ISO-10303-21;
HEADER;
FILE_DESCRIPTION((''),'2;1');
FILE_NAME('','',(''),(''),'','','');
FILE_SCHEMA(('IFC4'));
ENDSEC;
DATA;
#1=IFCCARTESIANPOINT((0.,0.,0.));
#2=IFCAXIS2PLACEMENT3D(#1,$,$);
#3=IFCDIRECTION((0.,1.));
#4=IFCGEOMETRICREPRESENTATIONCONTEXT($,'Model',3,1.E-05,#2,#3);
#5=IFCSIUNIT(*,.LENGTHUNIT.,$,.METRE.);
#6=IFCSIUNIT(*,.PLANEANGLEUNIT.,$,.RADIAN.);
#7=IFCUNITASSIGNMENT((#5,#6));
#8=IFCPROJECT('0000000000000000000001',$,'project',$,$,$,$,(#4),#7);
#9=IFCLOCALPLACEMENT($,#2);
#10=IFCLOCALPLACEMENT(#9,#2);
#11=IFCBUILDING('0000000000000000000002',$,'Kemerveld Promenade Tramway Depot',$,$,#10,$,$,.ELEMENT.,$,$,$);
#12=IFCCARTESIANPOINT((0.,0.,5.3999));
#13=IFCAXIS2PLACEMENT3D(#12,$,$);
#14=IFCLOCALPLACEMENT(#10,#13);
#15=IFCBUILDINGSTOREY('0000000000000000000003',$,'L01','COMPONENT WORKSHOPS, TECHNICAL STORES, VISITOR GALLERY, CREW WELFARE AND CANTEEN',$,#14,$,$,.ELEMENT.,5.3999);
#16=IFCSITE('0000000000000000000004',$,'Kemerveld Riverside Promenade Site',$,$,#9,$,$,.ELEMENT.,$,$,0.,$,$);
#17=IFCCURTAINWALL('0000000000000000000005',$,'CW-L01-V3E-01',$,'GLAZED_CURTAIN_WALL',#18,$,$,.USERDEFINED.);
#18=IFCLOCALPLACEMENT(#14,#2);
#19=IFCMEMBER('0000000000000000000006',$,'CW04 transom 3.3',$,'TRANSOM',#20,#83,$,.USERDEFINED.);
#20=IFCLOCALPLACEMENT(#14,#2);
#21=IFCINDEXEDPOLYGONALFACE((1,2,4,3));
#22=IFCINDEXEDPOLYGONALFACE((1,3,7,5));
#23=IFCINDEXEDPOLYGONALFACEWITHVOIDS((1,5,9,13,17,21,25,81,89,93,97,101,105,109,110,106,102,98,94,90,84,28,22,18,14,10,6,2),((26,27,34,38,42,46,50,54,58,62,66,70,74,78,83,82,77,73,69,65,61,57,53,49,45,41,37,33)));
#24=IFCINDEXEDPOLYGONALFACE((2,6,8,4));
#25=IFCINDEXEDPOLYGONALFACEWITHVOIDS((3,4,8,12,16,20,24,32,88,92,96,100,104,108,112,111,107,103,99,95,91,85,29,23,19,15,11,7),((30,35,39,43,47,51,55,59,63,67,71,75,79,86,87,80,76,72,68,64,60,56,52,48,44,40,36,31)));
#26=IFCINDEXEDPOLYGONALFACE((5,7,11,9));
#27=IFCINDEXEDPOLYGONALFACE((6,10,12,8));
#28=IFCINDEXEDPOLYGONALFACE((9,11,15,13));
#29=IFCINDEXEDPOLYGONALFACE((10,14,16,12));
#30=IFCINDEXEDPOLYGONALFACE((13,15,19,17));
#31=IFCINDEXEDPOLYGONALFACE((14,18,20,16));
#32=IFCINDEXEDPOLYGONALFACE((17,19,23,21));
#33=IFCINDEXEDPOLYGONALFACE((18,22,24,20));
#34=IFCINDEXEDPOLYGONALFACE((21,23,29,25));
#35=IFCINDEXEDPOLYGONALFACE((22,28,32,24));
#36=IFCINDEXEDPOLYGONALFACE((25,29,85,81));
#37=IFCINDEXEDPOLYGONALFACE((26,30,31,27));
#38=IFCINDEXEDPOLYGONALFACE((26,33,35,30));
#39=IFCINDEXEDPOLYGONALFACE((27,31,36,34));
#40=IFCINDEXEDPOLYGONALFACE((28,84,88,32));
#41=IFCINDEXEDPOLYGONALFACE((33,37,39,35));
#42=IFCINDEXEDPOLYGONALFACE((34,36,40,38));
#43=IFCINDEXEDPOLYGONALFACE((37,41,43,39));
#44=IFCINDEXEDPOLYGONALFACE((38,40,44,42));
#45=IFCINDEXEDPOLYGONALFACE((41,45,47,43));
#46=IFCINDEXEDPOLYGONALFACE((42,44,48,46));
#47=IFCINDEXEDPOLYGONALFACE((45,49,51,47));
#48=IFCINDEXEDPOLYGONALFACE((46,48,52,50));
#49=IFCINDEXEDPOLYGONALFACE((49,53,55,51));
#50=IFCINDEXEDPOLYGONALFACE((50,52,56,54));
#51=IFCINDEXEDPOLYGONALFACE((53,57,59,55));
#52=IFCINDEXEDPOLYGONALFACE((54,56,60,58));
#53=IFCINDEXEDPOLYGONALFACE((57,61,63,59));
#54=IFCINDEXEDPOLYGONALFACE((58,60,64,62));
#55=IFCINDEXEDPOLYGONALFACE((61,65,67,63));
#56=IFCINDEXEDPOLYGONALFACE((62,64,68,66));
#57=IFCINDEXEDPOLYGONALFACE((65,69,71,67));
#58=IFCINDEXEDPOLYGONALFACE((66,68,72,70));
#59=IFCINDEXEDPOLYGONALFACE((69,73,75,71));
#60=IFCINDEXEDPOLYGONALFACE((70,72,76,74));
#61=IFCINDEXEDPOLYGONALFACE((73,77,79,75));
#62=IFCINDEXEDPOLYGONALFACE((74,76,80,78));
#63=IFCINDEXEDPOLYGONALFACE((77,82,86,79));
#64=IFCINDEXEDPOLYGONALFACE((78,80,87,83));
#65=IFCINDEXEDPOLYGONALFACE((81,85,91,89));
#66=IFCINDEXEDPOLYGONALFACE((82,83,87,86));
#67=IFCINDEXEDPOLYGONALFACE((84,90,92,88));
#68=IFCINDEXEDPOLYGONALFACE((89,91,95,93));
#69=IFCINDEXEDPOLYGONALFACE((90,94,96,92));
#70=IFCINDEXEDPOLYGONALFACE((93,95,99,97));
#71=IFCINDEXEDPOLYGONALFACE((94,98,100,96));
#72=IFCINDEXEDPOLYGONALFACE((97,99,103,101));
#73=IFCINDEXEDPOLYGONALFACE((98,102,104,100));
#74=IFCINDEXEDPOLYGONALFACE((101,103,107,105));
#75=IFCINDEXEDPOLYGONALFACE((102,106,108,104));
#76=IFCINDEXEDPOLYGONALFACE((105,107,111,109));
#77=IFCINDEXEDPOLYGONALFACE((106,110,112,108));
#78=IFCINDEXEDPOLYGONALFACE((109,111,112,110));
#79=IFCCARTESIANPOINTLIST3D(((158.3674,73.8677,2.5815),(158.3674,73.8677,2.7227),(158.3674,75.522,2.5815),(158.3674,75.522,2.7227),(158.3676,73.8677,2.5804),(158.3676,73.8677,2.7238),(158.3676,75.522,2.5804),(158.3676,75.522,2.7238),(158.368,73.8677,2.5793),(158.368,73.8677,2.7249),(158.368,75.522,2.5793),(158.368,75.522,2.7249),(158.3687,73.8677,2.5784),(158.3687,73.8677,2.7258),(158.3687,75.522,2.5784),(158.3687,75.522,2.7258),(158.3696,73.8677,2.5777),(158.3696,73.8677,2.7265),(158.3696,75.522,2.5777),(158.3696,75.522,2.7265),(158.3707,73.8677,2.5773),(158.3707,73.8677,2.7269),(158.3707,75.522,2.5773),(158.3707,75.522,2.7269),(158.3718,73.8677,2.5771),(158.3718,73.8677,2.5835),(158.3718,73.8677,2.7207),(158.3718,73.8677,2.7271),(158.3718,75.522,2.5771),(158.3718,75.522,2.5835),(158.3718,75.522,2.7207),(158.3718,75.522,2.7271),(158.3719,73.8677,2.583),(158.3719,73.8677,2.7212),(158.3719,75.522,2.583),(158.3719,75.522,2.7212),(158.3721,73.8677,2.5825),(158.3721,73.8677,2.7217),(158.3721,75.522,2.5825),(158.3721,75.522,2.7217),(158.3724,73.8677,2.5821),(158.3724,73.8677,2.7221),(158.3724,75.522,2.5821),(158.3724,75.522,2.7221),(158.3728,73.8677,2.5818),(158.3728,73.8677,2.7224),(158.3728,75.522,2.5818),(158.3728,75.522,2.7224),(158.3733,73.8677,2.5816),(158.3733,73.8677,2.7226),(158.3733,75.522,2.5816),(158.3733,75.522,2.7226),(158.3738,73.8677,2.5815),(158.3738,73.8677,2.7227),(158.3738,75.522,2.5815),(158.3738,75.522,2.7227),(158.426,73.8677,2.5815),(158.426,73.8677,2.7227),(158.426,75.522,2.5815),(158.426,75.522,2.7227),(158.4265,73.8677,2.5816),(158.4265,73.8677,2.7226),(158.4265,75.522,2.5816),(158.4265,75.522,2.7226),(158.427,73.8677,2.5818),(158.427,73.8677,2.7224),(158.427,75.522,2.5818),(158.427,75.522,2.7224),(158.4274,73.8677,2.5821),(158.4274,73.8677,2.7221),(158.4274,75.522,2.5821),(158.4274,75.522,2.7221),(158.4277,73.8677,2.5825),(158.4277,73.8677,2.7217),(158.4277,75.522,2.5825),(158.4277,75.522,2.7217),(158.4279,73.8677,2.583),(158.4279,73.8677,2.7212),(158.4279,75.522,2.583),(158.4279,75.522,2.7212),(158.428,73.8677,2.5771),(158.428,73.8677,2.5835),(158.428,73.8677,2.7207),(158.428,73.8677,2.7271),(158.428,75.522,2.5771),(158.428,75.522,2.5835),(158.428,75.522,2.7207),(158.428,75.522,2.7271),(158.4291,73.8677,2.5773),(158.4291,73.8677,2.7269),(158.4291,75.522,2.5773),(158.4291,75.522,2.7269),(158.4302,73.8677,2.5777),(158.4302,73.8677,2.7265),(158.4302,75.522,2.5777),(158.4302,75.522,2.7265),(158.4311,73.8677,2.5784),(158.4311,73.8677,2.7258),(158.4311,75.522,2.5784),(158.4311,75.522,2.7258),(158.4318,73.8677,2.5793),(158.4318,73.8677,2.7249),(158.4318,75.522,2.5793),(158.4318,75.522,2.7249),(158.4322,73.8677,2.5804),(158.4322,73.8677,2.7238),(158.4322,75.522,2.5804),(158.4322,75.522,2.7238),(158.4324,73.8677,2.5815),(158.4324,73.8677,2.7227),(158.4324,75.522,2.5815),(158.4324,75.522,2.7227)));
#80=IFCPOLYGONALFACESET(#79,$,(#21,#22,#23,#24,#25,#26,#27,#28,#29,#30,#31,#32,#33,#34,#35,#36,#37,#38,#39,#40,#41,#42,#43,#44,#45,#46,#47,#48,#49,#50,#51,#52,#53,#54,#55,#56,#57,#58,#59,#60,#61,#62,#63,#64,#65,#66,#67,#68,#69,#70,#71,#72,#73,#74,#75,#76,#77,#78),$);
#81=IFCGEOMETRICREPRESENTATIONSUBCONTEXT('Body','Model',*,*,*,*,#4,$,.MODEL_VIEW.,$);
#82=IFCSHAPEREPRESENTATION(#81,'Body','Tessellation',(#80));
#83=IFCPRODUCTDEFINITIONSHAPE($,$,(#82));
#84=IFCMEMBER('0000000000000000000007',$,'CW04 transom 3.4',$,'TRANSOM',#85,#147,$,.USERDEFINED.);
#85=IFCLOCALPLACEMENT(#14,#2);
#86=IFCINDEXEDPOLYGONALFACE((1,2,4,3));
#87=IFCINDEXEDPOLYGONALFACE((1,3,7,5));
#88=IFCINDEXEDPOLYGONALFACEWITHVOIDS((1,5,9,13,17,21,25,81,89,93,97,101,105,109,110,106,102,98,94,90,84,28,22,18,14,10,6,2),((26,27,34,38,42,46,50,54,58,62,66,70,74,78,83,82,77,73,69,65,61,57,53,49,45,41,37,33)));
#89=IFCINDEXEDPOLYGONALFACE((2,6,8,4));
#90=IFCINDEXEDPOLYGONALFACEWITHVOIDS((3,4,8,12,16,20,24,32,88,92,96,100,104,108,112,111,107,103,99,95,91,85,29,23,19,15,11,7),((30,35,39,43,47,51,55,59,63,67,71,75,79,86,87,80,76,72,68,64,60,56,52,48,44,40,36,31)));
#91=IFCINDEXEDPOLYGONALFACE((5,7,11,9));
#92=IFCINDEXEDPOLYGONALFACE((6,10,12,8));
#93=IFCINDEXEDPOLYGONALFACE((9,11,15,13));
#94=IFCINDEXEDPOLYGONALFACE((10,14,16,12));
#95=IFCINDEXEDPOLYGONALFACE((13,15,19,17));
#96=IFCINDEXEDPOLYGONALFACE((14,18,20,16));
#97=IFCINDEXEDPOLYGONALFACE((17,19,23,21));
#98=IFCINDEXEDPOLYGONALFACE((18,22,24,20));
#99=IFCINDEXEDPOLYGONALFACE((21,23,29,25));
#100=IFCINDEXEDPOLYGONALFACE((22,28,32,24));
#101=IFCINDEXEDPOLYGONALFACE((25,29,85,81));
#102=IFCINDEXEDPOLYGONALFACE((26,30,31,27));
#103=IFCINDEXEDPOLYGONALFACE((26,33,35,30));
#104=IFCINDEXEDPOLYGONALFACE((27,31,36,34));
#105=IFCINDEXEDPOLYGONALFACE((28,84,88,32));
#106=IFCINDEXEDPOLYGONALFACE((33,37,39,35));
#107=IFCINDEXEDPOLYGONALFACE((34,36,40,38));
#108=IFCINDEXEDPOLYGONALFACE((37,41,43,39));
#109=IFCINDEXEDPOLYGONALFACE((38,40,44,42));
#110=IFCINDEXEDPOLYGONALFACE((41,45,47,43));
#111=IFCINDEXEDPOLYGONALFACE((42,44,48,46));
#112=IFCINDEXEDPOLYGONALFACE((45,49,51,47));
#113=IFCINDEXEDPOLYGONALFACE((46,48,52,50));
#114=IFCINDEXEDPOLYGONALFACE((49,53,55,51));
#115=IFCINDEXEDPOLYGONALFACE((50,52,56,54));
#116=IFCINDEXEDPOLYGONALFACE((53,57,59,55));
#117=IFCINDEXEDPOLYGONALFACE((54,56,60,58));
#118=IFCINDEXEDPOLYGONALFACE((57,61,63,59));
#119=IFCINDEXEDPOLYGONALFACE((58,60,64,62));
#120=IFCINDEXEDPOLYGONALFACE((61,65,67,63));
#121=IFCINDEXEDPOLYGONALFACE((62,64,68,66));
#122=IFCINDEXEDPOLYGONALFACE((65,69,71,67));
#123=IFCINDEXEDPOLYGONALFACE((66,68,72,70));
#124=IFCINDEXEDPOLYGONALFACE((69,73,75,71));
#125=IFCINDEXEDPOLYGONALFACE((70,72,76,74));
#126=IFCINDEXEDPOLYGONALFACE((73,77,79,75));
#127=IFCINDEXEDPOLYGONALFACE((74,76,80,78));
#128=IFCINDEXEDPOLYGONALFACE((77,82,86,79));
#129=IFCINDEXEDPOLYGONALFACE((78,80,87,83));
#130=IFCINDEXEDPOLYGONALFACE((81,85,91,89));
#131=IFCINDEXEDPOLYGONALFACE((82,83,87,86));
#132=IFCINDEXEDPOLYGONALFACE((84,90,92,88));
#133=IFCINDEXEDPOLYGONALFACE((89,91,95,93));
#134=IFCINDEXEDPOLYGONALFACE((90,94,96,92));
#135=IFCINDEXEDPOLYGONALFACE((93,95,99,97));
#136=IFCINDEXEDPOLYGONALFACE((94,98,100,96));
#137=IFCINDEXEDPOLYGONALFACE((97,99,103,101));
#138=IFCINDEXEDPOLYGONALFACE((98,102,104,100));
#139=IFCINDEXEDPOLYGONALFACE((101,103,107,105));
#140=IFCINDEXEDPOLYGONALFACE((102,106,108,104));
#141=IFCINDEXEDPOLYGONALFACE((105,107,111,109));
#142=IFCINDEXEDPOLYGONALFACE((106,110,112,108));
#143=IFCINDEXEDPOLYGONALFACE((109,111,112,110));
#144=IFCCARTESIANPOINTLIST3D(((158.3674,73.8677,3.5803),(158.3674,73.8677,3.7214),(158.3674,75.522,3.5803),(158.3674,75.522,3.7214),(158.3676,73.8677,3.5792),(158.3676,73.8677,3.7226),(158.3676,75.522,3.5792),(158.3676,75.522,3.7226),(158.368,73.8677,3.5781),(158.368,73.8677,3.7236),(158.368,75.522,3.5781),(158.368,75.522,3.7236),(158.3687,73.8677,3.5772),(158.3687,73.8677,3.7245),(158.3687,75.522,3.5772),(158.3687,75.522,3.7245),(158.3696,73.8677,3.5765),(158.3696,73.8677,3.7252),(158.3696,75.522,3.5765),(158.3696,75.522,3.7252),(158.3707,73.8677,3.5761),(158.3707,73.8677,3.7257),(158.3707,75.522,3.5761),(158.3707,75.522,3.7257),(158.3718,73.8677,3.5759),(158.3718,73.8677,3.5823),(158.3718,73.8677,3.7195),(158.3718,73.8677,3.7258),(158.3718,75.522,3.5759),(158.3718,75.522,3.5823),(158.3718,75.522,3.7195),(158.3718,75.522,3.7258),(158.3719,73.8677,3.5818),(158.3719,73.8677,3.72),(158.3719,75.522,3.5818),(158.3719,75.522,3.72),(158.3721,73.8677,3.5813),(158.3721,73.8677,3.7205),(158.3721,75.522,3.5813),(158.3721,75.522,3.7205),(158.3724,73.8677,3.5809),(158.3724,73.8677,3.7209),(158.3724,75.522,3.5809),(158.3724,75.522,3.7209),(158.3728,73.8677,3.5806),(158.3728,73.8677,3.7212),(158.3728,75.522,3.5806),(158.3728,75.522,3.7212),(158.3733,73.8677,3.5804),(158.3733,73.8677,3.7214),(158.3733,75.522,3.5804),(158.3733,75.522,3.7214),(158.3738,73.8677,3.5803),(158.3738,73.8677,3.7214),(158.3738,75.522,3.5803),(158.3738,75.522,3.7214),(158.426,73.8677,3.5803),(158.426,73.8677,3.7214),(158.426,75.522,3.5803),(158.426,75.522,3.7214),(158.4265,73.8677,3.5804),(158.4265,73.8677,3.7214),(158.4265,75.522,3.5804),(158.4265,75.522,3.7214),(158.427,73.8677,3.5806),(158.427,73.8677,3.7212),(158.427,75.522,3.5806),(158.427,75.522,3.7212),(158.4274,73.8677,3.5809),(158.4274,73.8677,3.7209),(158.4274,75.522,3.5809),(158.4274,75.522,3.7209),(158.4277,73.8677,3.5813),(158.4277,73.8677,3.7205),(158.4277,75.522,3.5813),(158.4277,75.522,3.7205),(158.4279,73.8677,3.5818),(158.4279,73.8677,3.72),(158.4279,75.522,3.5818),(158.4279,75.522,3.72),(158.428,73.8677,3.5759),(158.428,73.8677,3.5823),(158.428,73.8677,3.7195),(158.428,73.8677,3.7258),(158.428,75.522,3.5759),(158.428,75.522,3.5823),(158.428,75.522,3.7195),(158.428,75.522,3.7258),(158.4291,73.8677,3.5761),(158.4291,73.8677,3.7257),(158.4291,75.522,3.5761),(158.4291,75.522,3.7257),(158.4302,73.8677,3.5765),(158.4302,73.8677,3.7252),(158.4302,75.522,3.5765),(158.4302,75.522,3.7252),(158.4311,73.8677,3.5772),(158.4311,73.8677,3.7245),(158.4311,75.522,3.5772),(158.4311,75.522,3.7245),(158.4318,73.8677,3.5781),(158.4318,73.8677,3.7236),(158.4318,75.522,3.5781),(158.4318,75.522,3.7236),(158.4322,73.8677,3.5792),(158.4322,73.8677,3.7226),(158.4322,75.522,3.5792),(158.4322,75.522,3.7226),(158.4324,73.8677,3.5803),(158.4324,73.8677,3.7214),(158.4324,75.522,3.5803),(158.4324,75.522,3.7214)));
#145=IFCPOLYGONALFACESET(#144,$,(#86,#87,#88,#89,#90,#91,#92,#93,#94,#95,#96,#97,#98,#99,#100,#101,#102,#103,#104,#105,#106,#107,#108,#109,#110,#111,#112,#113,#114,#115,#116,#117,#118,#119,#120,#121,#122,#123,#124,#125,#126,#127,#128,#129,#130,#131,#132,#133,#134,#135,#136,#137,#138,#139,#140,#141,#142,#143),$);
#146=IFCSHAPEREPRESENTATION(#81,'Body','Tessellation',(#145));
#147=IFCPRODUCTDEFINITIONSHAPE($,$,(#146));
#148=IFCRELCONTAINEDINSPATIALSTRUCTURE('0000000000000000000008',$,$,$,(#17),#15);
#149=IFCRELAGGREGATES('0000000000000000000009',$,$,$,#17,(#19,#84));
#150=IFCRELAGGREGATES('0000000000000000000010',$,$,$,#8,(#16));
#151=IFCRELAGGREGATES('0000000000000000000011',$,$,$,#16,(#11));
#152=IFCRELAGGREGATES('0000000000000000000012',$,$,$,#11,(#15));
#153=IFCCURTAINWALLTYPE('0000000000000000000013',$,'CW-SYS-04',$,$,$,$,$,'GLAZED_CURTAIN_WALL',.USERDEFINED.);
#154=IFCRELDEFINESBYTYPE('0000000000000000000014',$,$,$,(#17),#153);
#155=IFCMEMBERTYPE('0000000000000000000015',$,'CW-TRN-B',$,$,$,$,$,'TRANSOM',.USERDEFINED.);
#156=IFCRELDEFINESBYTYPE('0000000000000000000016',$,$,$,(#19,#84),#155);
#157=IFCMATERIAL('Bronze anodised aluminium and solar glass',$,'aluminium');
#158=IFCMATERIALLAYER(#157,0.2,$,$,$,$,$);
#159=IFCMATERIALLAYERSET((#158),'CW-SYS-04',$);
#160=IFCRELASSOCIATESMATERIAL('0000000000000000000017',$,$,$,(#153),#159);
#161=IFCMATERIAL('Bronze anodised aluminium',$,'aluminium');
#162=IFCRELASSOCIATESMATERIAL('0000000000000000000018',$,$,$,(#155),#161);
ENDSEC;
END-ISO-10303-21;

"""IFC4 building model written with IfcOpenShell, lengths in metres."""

from ifc_helpers import new_model, si_unit, direction, frame, origin, origin_2d, place, context, subcontext, project, spatial, hollow_rectangle, extrude, material, layer, layer_set, material_profile, profile_set, type_object, element, aggregate, save


model = new_model("IFC4")

# Units and contexts
model_context = context("Model", 3, precision=1e-05, world=origin(), true_north=direction((0.0, 1.0)))
body_context = subcontext(model_context, "Body", "Model", "MODEL_VIEW")
ifc_project = project(units=[si_unit("LENGTHUNIT", "METRE"), si_unit("PLANEANGLEUNIT", "RADIAN")], contexts=[model_context])

# Site, building, storey
site_placement = place(None, origin())
site = spatial("IfcSite", under=ifc_project, at=site_placement, Name="Kemerveld Riverside Promenade Site", CompositionType="ELEMENT", RefElevation=0.0)
building_placement = place(site_placement, origin())
building = spatial("IfcBuilding", under=site, at=building_placement, Name="Kemerveld Promenade Tramway Depot", CompositionType="ELEMENT")
storey_placement = place(building_placement, frame((0.0, 0.0, 5.3999)))
storey = spatial("IfcBuildingStorey", under=building, at=storey_placement, Name="L01", Description="COMPONENT WORKSHOPS, TECHNICAL STORES, VISITOR GALLERY, CREW WELFARE AND CANTEEN", CompositionType="ELEMENT", Elevation=5.3999)

# Curtain wall, members
ifc_material_1 = material(Name="Bronze anodised aluminium and solar glass", Category="aluminium")
ifc_layer_1 = layer(ifc_material_1, 0.2)
ifc_layer_set_1 = layer_set([ifc_layer_1], Name="CW-SYS-04")
curtain_wall_type = type_object("IfcCurtainWallType", Name="CW-SYS-04", ElementType="GLAZED_CURTAIN_WALL", PredefinedType="USERDEFINED", material=ifc_layer_set_1)
curtain_wall_placement = place(storey_placement, origin())
curtain_wall = element("IfcCurtainWall", 1, at=curtain_wall_placement, inside=storey, type_object=curtain_wall_type, Name="CW-L01-V3E-01", ObjectType="GLAZED_CURTAIN_WALL", PredefinedType="USERDEFINED")
ifc_material_2 = material(Name="Bronze anodised aluminium", Category="aluminium")
ifc_material_profile_1 = material_profile(ifc_material_2, hollow_rectangle(XDim=0.0649, YDim=0.1499, WallThickness=0.0044, InnerFilletRadius=0.002, OuterFilletRadius=0.0044, at=origin_2d()), Name="CW-TRN-150x65")
ifc_profile_set_1 = profile_set([ifc_material_profile_1], Name="Bronze anodised aluminium")
member_type_1 = type_object("IfcMemberType", Name="CW-TRN-B", ElementType="TRANSOM", PredefinedType="USERDEFINED", material=ifc_profile_set_1)
member_1_placement = place(storey_placement, frame((158.3999, 75.522, 2.6521), z_axis=(0.0, -1.0, 0.0), x_axis=(1.0, 0.0, 0.0)))
member_1 = element("IfcMember", 2, at=member_1_placement, type_object=member_type_1, Name="CW04 transom 3.3", ObjectType="TRANSOM", PredefinedType="USERDEFINED", context=body_context, shape_type="SweptSolid", body=[
    extrude(hollow_rectangle(XDim=0.0649, YDim=0.1499, WallThickness=0.0044, InnerFilletRadius=0.002, OuterFilletRadius=0.0044, at=origin_2d()), origin(), (0.0, 0.0, 1.0), 1.6543),
])
member_2_placement = place(storey_placement, frame((158.3999, 75.522, 3.6509), z_axis=(0.0, -1.0, 0.0), x_axis=(1.0, 0.0, 0.0)))
member_2 = element("IfcMember", 3, at=member_2_placement, type_object=member_type_1, Name="CW04 transom 3.4", ObjectType="TRANSOM", PredefinedType="USERDEFINED", context=body_context, shape_type="SweptSolid", body=[
    extrude(hollow_rectangle(XDim=0.0649, YDim=0.1499, WallThickness=0.0044, InnerFilletRadius=0.002, OuterFilletRadius=0.0044, at=origin_2d()), origin(), (0.0, 0.0, 1.0), 1.6543),
])
aggregate(curtain_wall, [member_1, member_2])

save(model, "model.ifc")
